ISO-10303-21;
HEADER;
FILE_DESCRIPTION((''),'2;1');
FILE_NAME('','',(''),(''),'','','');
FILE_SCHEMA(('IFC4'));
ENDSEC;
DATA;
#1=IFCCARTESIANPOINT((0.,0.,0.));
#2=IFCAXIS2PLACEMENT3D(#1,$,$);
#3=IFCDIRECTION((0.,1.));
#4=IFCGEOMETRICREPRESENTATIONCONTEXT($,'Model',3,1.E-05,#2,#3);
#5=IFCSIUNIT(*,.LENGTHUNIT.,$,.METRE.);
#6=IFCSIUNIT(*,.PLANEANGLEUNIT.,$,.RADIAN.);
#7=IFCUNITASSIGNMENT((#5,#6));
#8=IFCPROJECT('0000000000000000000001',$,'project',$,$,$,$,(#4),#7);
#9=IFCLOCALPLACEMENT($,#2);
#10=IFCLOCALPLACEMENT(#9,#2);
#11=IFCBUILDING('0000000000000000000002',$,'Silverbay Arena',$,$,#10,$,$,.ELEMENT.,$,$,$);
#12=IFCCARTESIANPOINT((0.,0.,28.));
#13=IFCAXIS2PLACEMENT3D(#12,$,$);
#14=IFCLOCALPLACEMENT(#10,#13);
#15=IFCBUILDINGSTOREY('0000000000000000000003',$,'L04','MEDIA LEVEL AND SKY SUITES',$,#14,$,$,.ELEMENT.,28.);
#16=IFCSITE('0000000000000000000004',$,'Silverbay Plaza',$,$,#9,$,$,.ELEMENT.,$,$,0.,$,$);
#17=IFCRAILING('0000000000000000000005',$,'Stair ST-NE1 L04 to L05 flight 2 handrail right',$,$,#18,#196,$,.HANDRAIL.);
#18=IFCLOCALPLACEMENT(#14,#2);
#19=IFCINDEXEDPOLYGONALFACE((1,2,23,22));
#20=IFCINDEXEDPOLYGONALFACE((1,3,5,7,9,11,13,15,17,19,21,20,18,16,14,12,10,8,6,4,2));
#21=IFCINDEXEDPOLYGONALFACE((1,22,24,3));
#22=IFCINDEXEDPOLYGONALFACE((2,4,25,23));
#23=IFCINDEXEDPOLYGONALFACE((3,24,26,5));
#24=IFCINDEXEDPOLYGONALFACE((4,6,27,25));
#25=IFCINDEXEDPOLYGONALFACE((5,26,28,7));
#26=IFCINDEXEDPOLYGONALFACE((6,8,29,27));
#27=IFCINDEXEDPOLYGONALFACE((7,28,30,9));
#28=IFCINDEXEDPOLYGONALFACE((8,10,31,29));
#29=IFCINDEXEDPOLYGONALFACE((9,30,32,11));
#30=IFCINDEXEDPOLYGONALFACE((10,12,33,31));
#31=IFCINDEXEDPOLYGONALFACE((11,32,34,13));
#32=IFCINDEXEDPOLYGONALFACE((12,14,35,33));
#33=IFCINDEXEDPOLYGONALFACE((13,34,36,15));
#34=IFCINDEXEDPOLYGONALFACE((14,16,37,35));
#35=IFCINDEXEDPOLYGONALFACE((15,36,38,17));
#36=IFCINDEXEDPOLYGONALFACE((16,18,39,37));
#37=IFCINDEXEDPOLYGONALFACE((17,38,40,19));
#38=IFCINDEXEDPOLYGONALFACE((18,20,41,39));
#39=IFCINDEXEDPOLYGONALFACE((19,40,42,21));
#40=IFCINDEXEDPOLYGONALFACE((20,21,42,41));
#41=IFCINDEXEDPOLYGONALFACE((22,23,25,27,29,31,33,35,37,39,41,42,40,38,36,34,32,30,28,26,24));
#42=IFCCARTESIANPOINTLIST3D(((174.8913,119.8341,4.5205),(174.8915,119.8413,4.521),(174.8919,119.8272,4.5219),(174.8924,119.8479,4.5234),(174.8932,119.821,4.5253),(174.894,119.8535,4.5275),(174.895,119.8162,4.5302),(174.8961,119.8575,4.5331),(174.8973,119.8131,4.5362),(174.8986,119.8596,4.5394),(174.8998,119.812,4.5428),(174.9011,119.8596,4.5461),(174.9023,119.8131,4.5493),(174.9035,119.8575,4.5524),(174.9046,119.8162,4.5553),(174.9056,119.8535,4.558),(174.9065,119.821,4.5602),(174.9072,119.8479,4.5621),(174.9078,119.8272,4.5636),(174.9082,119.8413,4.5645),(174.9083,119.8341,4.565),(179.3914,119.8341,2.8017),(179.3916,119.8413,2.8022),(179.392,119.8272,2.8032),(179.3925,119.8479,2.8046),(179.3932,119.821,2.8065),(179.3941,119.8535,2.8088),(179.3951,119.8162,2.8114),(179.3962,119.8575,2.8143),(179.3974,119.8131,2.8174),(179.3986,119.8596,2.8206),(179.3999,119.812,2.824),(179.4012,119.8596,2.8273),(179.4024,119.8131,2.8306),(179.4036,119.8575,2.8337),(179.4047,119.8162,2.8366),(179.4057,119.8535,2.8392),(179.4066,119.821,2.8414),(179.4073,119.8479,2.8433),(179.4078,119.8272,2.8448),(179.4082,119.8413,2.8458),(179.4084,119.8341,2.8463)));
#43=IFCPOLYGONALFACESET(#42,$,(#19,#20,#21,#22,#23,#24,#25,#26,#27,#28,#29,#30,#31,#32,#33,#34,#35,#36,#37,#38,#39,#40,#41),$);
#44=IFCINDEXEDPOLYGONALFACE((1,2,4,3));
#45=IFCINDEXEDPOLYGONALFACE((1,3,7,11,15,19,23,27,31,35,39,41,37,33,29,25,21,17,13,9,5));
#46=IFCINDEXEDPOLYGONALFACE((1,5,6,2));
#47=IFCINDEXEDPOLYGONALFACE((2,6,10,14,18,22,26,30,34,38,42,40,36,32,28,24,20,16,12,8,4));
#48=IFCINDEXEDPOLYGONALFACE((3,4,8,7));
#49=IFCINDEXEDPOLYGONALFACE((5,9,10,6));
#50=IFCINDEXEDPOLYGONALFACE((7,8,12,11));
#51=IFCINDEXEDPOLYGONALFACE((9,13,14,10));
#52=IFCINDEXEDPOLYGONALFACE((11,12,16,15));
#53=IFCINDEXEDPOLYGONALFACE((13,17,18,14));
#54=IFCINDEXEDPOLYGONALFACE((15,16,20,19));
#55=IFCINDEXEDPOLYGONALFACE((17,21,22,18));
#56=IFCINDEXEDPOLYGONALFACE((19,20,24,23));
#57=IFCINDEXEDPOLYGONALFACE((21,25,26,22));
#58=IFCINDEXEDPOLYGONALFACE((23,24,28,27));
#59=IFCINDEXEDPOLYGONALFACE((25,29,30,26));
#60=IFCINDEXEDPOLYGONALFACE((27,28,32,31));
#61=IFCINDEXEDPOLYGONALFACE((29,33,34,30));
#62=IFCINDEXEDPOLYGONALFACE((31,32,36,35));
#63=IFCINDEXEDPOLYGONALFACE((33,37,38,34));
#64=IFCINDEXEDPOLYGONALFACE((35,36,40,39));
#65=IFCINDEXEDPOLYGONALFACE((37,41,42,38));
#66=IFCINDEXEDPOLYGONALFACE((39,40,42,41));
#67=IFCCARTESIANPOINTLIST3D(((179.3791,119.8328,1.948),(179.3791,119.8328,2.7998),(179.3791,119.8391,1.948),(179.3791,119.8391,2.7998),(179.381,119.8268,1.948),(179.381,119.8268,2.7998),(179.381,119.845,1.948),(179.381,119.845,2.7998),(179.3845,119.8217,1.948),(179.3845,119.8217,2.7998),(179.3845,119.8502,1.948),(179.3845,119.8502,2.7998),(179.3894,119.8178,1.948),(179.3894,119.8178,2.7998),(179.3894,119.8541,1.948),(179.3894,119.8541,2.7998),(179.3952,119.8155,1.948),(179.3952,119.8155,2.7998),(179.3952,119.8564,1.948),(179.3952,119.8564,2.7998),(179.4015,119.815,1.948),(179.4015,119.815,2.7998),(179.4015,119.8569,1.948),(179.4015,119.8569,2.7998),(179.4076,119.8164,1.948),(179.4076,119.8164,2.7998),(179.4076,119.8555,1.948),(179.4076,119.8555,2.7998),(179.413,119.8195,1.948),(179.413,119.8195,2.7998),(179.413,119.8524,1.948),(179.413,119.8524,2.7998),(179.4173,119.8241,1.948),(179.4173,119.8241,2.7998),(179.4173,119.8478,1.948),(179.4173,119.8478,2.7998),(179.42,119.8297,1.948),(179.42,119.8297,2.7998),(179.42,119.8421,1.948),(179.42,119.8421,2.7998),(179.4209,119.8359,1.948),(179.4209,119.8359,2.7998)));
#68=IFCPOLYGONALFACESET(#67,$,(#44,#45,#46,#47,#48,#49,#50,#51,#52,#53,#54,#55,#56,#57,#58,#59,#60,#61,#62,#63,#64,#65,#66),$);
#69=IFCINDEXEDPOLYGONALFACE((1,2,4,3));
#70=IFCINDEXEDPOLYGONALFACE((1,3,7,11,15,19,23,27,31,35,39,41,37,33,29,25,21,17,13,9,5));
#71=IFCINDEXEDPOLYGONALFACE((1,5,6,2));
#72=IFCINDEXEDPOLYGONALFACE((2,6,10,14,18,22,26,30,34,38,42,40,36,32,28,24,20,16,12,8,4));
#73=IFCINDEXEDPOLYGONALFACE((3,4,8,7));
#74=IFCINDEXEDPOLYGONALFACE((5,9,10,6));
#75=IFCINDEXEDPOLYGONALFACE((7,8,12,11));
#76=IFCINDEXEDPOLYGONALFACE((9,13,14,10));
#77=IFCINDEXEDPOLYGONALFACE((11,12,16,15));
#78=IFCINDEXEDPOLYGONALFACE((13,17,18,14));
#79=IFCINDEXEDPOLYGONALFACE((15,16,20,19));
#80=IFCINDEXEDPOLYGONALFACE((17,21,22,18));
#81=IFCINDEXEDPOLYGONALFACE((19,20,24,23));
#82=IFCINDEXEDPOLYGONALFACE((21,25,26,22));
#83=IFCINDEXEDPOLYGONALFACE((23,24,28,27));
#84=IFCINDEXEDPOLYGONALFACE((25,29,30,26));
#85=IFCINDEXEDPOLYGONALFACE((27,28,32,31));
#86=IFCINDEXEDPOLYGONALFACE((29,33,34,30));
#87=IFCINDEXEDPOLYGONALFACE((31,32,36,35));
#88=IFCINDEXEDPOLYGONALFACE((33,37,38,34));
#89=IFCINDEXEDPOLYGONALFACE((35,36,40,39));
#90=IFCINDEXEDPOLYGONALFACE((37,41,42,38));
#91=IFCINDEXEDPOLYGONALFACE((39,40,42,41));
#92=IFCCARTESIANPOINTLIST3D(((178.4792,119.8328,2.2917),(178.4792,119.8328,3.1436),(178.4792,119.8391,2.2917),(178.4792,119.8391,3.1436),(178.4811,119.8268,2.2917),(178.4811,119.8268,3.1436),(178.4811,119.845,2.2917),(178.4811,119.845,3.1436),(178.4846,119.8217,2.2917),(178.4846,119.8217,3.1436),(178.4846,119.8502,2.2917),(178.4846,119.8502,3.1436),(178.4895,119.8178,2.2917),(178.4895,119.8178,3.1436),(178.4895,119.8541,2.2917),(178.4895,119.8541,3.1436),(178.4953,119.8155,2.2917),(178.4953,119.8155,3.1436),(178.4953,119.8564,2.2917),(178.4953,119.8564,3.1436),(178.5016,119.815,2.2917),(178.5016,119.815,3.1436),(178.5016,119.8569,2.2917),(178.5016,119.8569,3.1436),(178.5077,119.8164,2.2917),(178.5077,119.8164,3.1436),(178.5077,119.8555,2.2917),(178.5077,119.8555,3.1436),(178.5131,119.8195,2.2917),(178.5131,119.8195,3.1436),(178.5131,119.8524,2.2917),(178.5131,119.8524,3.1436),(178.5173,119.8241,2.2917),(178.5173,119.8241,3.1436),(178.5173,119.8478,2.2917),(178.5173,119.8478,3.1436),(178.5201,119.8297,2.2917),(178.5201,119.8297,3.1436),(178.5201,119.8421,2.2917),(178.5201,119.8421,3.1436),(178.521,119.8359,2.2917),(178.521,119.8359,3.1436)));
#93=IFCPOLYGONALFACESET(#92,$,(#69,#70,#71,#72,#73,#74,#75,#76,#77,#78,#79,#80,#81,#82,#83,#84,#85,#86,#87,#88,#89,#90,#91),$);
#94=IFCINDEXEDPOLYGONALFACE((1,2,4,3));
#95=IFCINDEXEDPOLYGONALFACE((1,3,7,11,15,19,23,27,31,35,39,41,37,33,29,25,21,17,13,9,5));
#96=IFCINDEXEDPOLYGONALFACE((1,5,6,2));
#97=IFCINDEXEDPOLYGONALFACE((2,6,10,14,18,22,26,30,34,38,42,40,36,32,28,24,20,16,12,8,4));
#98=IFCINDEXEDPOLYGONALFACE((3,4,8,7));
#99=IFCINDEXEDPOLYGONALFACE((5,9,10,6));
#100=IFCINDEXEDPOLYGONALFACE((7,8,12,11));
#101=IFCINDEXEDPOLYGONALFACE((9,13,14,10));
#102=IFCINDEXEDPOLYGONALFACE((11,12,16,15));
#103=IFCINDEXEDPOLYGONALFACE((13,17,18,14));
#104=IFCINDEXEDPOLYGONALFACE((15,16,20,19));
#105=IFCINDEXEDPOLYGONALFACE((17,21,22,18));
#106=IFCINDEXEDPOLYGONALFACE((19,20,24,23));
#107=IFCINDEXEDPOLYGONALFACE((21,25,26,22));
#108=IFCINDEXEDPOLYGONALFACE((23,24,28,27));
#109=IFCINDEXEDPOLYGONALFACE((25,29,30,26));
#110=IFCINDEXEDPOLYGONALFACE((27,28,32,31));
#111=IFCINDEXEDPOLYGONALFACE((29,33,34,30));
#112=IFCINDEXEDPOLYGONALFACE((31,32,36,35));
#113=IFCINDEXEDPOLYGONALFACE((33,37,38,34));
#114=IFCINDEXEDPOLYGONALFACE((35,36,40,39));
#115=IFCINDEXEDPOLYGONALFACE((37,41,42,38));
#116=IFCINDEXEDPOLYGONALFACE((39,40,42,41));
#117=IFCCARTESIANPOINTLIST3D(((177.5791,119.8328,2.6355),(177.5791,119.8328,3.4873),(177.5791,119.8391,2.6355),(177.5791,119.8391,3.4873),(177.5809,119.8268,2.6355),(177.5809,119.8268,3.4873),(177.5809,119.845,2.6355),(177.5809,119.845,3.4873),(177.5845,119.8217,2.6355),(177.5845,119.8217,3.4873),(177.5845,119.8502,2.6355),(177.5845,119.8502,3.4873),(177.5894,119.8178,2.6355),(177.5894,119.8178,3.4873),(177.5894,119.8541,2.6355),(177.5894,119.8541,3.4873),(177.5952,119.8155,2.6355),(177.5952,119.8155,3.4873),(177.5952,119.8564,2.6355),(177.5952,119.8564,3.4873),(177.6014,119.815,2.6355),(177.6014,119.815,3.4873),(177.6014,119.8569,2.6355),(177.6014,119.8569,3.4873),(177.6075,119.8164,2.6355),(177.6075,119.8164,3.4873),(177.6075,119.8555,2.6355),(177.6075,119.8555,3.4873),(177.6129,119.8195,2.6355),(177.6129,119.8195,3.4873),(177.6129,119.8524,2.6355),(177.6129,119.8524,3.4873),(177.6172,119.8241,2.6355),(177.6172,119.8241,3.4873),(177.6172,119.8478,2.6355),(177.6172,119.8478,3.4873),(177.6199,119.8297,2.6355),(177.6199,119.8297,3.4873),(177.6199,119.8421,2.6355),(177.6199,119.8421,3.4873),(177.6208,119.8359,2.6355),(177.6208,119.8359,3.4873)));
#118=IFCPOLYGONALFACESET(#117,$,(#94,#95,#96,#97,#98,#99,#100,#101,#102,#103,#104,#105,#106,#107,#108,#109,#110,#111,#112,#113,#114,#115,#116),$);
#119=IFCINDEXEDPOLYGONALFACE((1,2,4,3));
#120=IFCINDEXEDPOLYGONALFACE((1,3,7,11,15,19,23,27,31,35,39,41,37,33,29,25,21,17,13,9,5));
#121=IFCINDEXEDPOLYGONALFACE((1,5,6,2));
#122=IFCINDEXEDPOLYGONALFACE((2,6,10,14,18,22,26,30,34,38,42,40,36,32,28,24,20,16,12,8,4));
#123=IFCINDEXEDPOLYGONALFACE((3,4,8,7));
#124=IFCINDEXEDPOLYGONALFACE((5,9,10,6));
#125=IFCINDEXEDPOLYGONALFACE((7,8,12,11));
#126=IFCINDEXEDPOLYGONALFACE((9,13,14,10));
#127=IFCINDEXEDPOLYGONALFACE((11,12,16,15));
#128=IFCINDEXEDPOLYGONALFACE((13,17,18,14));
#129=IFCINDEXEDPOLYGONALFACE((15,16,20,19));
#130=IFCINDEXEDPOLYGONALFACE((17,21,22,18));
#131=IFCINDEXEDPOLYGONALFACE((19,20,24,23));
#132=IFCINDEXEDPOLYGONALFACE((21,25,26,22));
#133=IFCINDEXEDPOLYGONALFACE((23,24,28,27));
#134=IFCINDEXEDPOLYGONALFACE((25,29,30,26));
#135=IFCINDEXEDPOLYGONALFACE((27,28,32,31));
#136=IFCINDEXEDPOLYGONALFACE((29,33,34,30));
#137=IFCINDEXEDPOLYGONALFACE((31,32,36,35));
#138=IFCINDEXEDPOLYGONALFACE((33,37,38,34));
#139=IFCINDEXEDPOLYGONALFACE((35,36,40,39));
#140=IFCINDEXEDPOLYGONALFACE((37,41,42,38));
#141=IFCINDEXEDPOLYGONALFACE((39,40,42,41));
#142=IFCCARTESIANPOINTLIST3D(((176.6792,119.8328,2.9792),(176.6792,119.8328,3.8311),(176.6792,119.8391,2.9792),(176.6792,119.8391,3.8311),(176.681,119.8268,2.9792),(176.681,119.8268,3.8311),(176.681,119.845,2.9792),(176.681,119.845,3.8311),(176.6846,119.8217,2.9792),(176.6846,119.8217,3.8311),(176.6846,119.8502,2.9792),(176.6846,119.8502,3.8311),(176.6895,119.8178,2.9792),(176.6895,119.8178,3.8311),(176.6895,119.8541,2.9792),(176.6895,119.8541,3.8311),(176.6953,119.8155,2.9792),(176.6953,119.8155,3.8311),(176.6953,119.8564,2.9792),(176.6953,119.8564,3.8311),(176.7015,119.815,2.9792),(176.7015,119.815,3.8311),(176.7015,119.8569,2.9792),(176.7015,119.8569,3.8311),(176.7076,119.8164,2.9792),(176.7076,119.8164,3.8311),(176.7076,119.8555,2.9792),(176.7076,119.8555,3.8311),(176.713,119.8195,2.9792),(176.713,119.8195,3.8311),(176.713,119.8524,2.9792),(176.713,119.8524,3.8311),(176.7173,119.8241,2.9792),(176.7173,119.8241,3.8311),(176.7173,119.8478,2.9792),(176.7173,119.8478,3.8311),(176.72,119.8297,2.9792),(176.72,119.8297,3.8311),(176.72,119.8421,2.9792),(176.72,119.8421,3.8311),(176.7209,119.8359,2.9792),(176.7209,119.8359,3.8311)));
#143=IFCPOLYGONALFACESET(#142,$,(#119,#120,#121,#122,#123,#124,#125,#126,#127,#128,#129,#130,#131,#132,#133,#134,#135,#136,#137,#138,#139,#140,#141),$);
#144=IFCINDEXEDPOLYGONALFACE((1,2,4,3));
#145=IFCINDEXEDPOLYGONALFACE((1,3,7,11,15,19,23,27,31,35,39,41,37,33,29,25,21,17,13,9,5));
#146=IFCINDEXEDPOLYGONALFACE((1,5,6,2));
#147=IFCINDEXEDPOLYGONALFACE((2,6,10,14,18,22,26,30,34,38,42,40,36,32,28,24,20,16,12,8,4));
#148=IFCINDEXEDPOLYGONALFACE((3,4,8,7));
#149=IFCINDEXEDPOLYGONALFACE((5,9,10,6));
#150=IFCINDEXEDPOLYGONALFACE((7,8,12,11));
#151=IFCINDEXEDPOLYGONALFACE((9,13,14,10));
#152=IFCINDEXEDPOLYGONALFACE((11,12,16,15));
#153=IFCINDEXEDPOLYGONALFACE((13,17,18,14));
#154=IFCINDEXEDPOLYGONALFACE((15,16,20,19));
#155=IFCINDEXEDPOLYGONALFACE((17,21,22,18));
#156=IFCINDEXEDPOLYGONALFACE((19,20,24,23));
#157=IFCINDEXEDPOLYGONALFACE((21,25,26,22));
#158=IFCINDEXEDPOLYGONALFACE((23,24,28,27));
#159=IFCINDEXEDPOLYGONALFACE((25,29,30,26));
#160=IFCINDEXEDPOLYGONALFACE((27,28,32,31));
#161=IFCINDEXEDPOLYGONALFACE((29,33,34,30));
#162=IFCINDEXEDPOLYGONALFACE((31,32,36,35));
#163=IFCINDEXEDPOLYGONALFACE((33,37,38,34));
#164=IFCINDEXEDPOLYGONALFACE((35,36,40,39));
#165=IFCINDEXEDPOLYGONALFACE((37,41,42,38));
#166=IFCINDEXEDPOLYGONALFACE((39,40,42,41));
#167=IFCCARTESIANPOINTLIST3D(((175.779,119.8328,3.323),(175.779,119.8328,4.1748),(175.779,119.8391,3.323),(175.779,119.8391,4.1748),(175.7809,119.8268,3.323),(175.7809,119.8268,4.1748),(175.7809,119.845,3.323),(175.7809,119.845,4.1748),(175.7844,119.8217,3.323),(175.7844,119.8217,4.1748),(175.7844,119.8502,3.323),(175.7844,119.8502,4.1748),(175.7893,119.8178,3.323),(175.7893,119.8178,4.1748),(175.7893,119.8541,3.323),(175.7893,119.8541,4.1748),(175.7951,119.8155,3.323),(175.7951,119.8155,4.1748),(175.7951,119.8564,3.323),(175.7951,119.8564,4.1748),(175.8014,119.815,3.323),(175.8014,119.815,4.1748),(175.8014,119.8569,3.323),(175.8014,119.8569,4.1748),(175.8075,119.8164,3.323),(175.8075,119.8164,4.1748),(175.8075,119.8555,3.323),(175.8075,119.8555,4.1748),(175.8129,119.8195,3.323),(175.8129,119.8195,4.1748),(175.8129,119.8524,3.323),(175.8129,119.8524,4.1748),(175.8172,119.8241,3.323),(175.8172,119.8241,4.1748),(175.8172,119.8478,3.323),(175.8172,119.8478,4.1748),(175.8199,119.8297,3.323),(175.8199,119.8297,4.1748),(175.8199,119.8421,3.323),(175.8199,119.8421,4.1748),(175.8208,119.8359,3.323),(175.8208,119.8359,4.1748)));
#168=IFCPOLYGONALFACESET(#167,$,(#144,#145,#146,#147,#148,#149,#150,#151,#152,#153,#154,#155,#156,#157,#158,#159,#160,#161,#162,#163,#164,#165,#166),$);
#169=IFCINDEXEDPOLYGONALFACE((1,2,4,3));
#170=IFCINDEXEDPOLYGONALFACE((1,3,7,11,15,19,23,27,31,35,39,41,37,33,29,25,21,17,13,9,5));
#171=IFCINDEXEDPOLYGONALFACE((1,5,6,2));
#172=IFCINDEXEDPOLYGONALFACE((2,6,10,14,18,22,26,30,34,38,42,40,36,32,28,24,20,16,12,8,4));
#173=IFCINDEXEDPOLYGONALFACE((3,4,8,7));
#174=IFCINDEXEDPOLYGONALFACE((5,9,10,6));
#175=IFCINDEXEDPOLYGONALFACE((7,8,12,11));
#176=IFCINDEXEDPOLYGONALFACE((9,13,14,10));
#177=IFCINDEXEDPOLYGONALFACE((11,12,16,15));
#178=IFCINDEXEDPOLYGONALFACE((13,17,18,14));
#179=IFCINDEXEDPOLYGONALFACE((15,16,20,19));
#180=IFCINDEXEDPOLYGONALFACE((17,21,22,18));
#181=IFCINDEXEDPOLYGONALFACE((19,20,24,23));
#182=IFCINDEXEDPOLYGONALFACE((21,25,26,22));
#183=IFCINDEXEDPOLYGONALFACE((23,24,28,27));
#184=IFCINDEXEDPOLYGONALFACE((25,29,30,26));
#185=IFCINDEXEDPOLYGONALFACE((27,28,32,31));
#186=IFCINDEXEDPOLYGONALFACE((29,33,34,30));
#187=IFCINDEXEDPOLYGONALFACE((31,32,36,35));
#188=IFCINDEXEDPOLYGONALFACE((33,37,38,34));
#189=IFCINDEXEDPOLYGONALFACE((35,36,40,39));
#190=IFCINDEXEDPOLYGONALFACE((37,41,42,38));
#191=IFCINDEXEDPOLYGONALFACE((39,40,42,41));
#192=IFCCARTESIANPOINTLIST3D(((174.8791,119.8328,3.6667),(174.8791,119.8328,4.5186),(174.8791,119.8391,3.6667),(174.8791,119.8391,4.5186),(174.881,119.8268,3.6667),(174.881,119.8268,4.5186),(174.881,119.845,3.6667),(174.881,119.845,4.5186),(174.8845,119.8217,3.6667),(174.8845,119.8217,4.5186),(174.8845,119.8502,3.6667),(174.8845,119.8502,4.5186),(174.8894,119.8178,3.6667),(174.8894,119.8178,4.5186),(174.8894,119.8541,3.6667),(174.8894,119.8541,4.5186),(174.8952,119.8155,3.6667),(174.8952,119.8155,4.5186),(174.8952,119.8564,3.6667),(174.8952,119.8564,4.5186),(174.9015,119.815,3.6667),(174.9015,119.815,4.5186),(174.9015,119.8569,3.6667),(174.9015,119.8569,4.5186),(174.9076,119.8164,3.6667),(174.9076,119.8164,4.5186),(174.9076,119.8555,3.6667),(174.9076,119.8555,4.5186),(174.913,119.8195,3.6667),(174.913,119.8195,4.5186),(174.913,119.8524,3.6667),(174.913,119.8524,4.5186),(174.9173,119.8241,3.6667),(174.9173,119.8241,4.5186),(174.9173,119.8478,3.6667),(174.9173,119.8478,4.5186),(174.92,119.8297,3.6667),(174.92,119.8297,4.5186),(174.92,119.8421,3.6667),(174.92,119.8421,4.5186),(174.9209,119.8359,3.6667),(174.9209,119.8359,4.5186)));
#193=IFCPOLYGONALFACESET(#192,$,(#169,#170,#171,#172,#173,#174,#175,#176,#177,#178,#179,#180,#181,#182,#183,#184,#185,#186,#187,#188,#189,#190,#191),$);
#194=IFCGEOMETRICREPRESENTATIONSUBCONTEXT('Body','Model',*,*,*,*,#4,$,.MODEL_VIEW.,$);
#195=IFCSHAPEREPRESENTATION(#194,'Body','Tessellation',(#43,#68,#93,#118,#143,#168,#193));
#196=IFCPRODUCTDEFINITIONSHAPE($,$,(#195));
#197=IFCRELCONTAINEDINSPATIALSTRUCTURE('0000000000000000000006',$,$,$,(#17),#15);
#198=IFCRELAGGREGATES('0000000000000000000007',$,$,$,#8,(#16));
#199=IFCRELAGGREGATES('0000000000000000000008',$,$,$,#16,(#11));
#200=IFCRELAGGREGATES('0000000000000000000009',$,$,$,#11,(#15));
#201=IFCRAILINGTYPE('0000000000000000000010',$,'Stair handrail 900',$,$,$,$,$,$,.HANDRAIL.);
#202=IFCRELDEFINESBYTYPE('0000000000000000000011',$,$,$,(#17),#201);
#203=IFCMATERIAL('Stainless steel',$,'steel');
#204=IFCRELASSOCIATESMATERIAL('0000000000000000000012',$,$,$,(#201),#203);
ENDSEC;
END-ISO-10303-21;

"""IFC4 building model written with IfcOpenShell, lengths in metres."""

from ifc_helpers import new_model, si_unit, direction, frame, origin, origin_2d, place, context, subcontext, project, spatial, circle, extrude, material, type_object, element, save


model = new_model("IFC4")

# Units and contexts
model_context = context("Model", 3, precision=1e-05, world=origin(), true_north=direction((0.0, 1.0)))
body_context = subcontext(model_context, "Body", "Model", "MODEL_VIEW")
ifc_project = project(units=[si_unit("LENGTHUNIT", "METRE"), si_unit("PLANEANGLEUNIT", "RADIAN")], contexts=[model_context])

# Site, building, storey
site_placement = place(None, origin())
site = spatial("IfcSite", under=ifc_project, at=site_placement, Name="Silverbay Plaza", CompositionType="ELEMENT", RefElevation=0.0)
building_placement = place(site_placement, origin())
building = spatial("IfcBuilding", under=site, at=building_placement, Name="Silverbay Arena", CompositionType="ELEMENT")
storey_placement = place(building_placement, frame((0.0, 0.0, 28.0)))
storey = spatial("IfcBuildingStorey", under=building, at=storey_placement, Name="L04", Description="MEDIA LEVEL AND SKY SUITES", CompositionType="ELEMENT", Elevation=28.0)

# Railing
ifc_material_1 = material(Name="Stainless steel", Category="steel")
railing_type_1 = type_object("IfcRailingType", Name="Stair handrail 900", PredefinedType="HANDRAIL", material=ifc_material_1)
for number, where, name in (
    (1, (179.3999, 119.8359, 1.948), "Stair ST-NE1 L04 to L05 flight 2 handrail right"),
):
    element("IfcRailing", number, at=place(storey_placement, frame(where)), inside=storey, type_object=railing_type_1, Name=name, PredefinedType="HANDRAIL", context=body_context, shape_type="SweptSolid", body=[
        extrude(circle(Radius=0.0239, at=origin_2d()), frame((0.0, 0.0, 0.876), z_axis=(-0.934179, 0.0, 0.356805), x_axis=(0.0, -1.0, 0.0)), (0.0, 0.0, 1.0), 4.8171),
        extrude(circle(Radius=0.021, at=origin_2d()), origin(), (0.0, 0.0, 1.0), 0.8518),
        extrude(circle(Radius=0.021, at=origin_2d()), frame((-0.8999, 0.0, 0.3438)), (0.0, 0.0, 1.0), 0.8518),
        extrude(circle(Radius=0.021, at=origin_2d()), frame((-1.8, 0.0, 0.6875)), (0.0, 0.0, 1.0), 0.8518),
        extrude(circle(Radius=0.021, at=origin_2d()), frame((-2.7, 0.0, 1.0312)), (0.0, 0.0, 1.0), 0.8518),
        extrude(circle(Radius=0.021, at=origin_2d()), frame((-3.6001, 0.0, 1.375)), (0.0, 0.0, 1.0), 0.8518),
        extrude(circle(Radius=0.021, at=origin_2d()), frame((-4.5, 0.0, 1.7188)), (0.0, 0.0, 1.0), 0.8518),
    ])

save(model, "model.ifc")
